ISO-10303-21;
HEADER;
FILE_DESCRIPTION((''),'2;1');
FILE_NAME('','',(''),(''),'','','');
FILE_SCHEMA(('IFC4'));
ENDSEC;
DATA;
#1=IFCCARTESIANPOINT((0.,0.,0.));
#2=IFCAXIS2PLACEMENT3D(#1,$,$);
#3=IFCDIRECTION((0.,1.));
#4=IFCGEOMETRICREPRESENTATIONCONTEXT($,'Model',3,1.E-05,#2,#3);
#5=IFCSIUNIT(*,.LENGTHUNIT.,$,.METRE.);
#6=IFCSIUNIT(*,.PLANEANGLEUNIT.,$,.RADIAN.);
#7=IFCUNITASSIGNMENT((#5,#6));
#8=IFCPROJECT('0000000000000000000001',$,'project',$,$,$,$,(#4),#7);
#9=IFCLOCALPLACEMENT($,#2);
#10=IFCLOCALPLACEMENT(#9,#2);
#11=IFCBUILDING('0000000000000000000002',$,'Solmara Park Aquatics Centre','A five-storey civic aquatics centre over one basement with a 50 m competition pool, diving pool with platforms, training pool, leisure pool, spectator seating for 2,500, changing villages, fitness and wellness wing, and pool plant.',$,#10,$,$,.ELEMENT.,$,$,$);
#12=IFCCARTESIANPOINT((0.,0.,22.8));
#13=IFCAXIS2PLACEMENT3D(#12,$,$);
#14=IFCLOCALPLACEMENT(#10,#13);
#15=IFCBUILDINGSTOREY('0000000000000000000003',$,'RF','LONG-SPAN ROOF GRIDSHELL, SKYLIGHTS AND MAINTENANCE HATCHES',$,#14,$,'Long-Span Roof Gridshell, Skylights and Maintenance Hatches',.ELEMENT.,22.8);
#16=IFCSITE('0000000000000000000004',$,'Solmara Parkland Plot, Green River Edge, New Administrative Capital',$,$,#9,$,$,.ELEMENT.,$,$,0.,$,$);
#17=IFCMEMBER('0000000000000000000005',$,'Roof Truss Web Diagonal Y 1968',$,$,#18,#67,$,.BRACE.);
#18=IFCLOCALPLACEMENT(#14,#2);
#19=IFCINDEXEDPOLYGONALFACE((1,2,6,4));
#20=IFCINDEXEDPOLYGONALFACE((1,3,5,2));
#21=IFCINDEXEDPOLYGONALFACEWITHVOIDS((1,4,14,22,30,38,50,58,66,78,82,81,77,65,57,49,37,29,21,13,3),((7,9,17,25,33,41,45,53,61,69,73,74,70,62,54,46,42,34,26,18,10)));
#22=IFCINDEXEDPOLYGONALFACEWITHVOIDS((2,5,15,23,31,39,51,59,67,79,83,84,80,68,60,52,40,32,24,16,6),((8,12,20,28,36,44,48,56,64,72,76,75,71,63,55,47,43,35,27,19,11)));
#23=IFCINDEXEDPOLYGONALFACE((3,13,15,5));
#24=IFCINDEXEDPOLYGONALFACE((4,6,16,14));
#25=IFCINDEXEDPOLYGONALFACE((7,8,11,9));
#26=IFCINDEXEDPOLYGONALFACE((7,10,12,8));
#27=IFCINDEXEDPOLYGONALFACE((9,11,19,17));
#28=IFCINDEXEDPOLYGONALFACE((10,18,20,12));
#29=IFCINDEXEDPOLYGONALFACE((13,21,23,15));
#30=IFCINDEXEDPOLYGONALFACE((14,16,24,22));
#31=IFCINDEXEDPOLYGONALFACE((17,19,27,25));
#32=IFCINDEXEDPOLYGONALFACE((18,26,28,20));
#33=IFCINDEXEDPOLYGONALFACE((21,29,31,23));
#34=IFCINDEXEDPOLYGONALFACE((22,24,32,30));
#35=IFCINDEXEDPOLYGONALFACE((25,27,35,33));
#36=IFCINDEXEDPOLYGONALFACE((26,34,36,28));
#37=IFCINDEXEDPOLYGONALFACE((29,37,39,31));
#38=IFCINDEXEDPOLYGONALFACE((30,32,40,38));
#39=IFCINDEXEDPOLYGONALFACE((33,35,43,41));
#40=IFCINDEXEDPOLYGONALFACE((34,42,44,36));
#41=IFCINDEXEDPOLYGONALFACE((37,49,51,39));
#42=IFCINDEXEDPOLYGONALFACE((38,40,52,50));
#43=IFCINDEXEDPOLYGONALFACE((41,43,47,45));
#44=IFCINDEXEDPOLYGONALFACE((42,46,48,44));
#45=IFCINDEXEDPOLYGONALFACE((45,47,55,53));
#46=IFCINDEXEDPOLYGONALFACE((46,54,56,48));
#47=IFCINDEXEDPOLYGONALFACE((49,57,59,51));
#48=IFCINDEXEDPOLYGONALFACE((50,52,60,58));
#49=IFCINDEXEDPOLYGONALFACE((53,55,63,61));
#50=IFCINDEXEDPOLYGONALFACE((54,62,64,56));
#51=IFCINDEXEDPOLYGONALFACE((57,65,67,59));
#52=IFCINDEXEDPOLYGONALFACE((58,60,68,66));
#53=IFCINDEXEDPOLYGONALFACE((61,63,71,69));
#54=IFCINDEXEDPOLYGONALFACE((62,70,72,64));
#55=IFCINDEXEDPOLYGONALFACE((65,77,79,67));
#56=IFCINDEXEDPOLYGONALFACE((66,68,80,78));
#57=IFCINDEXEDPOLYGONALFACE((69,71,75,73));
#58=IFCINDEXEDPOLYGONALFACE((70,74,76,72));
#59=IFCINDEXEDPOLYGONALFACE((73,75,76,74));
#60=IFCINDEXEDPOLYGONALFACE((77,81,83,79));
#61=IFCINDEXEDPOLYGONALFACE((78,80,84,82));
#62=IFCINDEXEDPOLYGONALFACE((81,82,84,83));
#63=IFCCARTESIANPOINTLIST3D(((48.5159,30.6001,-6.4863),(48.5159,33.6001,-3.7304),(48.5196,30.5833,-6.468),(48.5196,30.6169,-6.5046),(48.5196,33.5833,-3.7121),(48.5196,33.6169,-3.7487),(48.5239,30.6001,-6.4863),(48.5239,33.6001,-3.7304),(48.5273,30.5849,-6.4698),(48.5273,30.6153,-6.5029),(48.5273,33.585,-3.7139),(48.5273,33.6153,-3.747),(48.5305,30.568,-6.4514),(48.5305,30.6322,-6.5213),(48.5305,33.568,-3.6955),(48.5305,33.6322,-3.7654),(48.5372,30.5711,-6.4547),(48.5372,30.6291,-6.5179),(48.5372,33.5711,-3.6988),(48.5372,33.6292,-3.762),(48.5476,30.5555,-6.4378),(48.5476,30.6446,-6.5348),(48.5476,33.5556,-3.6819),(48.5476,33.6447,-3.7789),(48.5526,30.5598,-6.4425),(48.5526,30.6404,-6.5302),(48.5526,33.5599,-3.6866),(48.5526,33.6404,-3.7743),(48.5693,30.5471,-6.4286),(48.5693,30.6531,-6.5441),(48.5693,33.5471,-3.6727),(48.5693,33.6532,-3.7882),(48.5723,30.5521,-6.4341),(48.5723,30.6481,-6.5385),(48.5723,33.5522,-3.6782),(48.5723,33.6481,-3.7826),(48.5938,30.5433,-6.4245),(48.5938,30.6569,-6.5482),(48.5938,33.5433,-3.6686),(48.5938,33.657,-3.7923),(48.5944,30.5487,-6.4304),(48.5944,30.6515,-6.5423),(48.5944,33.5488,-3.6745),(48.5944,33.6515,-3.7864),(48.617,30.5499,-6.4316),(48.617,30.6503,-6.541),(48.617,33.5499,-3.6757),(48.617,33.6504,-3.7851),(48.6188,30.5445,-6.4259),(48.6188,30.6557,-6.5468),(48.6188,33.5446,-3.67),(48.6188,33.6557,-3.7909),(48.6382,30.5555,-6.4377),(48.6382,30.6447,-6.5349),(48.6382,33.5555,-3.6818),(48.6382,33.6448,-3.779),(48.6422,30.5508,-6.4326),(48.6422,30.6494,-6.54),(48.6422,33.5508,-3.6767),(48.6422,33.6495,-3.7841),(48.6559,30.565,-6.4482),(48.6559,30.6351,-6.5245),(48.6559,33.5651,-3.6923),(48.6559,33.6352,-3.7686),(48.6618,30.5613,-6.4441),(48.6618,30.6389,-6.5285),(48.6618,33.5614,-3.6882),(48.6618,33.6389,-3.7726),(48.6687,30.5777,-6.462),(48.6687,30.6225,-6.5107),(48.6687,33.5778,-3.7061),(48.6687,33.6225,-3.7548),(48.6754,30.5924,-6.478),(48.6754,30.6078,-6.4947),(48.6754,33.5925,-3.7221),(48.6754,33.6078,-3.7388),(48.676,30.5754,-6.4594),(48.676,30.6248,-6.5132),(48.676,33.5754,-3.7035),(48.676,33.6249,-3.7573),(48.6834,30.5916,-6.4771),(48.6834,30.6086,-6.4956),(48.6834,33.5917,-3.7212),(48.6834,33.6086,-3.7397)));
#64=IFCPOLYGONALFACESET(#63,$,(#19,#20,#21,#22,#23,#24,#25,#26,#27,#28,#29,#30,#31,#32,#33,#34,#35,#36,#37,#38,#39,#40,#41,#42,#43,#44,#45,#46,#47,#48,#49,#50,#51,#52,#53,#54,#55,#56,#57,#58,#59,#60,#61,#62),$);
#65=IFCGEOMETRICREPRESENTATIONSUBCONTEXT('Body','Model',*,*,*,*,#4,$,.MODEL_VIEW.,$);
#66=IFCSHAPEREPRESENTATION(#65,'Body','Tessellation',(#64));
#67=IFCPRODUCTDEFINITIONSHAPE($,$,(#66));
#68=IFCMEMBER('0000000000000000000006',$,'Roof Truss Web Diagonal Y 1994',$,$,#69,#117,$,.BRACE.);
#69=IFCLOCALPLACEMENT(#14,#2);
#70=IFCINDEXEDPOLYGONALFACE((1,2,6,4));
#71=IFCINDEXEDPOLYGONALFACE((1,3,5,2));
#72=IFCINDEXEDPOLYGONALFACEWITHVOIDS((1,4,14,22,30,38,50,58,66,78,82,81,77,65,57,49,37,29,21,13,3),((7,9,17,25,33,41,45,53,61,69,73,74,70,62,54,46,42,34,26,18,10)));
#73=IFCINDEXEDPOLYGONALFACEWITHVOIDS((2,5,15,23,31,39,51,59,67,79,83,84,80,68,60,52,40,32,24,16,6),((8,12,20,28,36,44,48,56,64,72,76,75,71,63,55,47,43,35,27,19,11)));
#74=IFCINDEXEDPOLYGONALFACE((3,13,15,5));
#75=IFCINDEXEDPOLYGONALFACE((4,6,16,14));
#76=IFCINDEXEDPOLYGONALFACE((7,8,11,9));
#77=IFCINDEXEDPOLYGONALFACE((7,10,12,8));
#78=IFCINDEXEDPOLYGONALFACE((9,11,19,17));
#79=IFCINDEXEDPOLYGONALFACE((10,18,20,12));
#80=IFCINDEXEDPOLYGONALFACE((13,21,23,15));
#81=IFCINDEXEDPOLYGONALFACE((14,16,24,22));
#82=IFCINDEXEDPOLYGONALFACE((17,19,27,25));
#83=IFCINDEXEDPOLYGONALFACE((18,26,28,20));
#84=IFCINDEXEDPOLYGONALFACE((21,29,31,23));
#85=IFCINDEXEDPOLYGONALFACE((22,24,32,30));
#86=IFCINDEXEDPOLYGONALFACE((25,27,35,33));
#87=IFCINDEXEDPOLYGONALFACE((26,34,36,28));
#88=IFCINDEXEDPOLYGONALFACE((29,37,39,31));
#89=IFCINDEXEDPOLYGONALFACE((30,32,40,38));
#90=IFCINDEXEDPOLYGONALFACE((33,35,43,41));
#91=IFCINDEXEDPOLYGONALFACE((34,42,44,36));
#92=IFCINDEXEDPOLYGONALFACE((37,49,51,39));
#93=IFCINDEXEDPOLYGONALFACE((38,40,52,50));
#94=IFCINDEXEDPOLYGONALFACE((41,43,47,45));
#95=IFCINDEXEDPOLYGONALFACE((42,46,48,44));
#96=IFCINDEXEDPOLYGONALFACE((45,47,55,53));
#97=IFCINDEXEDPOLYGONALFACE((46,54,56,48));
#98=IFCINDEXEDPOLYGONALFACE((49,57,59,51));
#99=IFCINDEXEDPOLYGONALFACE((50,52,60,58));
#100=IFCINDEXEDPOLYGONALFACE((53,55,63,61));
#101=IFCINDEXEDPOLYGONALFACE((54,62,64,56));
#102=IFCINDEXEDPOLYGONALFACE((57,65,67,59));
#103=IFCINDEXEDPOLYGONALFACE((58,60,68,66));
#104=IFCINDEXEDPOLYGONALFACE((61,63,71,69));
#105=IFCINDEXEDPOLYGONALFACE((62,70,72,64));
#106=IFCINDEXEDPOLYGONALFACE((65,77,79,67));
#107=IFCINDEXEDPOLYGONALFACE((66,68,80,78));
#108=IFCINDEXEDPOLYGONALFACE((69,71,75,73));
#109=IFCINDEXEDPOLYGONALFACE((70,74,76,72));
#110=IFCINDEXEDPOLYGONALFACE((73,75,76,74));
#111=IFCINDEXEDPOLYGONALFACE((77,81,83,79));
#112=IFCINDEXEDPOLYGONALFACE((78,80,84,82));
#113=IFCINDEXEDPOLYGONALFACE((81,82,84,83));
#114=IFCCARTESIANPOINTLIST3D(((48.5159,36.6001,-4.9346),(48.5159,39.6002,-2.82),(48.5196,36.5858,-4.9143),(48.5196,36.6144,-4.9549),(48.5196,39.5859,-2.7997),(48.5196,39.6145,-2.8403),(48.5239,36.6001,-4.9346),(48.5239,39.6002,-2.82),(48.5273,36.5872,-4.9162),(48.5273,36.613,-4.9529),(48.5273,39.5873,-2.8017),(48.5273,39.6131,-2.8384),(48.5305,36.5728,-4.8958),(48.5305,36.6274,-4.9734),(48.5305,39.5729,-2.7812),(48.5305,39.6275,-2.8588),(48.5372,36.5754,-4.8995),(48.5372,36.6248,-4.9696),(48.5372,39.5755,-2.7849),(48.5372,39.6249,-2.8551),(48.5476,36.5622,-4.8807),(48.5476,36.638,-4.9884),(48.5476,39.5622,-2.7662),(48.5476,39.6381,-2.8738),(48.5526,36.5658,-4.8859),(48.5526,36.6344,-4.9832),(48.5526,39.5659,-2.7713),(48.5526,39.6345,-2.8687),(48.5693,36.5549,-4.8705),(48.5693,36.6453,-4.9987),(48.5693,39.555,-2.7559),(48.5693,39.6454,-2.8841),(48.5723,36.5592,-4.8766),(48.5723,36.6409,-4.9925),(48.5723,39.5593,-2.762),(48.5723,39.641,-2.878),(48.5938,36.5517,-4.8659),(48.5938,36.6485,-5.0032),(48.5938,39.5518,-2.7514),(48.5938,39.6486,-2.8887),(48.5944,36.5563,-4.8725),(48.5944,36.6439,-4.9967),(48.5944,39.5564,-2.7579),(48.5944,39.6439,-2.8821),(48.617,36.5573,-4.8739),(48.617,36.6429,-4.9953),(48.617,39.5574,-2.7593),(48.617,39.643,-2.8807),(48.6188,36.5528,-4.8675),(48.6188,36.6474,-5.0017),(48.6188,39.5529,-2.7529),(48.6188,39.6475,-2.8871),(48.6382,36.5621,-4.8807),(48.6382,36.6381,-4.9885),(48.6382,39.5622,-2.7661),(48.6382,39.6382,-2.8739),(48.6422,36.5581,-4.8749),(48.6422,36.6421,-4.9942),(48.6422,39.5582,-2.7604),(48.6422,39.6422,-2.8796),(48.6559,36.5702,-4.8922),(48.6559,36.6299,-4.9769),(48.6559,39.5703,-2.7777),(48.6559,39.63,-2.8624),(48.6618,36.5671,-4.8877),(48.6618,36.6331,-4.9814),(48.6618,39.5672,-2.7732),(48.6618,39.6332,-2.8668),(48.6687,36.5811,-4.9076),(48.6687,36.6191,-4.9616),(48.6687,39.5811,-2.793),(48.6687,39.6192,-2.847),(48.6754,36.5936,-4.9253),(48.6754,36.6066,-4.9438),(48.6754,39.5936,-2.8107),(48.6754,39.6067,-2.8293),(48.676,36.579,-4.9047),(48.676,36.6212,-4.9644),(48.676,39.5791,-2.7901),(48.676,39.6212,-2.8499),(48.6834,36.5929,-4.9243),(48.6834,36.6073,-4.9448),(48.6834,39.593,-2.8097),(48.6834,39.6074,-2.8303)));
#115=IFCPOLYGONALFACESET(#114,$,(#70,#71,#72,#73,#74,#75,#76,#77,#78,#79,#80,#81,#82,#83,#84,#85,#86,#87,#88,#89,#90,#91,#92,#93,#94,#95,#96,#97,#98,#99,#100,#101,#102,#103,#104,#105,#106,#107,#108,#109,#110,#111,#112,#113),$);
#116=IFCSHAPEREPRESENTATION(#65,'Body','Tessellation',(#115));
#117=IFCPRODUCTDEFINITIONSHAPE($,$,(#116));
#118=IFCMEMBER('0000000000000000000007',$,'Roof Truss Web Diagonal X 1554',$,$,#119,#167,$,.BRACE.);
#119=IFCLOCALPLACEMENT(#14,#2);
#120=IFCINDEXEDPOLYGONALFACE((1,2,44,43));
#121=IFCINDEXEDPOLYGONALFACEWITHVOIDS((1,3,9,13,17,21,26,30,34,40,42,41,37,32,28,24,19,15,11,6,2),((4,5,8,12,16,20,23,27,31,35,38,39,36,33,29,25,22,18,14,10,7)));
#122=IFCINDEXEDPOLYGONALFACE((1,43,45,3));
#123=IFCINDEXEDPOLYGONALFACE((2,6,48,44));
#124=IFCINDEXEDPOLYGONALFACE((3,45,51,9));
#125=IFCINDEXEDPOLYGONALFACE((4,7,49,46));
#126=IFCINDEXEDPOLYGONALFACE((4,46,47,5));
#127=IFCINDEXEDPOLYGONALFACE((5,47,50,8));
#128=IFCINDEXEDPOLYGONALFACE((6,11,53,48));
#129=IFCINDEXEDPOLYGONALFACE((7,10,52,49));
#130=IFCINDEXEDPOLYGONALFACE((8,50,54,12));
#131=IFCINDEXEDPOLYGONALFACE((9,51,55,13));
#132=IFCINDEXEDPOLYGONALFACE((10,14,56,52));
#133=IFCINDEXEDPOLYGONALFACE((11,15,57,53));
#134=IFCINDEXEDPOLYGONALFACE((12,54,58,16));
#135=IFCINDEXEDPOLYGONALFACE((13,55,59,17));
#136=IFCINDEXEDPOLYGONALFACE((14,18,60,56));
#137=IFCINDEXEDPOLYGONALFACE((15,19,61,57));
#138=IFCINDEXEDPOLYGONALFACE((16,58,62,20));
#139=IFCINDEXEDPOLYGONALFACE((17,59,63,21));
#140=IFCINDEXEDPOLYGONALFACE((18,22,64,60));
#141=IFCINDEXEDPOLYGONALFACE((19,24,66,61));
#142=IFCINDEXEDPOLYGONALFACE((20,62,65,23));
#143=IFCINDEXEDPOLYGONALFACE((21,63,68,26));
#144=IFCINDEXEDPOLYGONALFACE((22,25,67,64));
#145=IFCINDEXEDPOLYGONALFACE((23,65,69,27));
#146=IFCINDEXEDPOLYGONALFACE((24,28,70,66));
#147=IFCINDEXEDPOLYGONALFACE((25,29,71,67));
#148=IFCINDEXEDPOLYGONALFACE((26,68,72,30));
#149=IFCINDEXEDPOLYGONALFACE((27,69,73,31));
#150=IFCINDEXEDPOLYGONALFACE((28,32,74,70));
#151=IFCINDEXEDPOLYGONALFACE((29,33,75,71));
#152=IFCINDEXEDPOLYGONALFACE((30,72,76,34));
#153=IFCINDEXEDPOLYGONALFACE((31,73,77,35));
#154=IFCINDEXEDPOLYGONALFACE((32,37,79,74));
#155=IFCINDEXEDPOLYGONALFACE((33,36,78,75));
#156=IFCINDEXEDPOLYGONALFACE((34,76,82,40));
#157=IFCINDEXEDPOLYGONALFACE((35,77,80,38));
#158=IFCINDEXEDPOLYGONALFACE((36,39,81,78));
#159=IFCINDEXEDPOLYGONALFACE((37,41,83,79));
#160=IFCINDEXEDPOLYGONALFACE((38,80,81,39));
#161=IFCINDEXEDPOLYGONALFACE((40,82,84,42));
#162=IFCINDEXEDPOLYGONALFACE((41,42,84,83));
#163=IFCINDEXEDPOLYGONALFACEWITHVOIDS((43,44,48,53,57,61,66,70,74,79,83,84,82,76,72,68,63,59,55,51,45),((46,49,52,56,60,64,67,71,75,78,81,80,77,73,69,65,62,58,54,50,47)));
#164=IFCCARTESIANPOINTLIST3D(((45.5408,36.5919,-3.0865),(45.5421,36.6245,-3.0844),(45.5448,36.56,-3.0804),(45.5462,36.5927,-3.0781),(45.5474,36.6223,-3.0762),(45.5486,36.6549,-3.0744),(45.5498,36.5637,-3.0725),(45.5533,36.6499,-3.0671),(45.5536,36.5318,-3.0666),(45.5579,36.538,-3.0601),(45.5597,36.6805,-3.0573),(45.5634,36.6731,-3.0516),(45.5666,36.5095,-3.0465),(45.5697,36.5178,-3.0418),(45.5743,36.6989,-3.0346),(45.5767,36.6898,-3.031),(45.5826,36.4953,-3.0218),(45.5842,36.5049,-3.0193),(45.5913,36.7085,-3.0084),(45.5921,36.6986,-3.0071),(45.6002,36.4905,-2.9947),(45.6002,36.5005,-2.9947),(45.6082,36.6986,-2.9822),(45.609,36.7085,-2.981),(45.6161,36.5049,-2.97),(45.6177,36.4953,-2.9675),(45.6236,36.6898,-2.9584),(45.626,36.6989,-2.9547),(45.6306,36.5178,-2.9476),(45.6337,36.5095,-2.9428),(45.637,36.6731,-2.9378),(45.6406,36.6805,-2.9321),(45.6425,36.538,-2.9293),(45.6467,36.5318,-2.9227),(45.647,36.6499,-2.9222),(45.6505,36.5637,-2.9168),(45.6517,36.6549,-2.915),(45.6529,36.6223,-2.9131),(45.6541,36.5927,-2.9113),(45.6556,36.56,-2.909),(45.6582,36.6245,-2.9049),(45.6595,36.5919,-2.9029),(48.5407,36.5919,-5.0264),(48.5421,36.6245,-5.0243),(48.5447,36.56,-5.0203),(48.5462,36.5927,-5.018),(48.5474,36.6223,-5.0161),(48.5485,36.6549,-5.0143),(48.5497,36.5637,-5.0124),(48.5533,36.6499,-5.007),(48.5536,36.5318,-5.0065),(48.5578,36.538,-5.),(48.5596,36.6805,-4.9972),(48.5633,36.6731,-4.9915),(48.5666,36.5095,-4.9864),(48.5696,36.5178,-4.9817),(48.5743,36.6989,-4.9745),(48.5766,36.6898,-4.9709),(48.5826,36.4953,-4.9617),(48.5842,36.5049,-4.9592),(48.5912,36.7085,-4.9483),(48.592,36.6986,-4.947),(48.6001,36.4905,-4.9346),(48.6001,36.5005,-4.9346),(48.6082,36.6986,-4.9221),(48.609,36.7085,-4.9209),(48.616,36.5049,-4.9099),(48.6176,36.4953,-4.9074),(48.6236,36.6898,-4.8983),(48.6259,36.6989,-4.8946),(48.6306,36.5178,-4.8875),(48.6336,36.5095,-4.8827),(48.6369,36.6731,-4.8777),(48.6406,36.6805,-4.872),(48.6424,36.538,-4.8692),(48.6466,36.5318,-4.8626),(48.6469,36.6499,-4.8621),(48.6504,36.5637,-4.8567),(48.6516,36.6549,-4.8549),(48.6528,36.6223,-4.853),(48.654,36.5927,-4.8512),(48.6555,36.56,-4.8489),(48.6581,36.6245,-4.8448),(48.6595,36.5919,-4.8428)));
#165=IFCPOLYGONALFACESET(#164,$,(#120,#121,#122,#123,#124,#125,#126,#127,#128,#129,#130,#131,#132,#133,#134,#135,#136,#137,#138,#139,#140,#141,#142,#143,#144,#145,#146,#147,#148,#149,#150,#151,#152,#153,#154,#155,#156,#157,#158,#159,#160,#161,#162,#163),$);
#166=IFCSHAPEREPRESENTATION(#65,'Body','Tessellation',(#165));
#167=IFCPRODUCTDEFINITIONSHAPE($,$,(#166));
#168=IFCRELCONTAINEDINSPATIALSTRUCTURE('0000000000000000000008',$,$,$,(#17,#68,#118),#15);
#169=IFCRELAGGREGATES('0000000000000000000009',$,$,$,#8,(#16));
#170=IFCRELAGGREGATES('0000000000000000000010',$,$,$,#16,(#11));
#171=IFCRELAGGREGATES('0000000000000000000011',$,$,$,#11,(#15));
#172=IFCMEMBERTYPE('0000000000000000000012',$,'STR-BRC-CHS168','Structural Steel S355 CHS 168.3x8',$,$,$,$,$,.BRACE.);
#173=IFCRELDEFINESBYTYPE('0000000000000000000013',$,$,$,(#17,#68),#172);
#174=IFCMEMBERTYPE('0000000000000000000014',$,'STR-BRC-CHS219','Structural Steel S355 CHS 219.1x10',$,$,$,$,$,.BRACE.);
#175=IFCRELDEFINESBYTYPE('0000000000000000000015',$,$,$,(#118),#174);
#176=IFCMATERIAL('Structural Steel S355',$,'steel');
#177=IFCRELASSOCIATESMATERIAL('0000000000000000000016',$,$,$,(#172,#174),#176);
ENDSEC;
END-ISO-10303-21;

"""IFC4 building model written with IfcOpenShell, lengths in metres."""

from ifc_helpers import new_model, si_unit, direction, frame, origin, origin_2d, place, context, subcontext, project, spatial, hollow_circle, extrude, material, material_profile, profile_set, type_object, element, save


model = new_model("IFC4")

# Units and contexts
model_context = context("Model", 3, precision=1e-05, world=origin(), true_north=direction((0.0, 1.0)))
body_context = subcontext(model_context, "Body", "Model", "MODEL_VIEW")
ifc_project = project(units=[si_unit("LENGTHUNIT", "METRE"), si_unit("PLANEANGLEUNIT", "RADIAN")], contexts=[model_context])

# Site, building, storey
site_placement = place(None, origin())
site = spatial("IfcSite", under=ifc_project, at=site_placement, Name="Solmara Parkland Plot, Green River Edge, New Administrative Capital", CompositionType="ELEMENT", RefElevation=0.0)
building_placement = place(site_placement, origin())
building = spatial("IfcBuilding", under=site, at=building_placement, Name="Solmara Park Aquatics Centre", Description="A five-storey civic aquatics centre over one basement with a 50 m competition pool, diving pool with platforms, training pool, leisure pool, spectator seating for 2,500, changing villages, fitness and wellness wing, and pool plant.", CompositionType="ELEMENT")
storey_placement = place(building_placement, frame((0.0, 0.0, 22.8)))
storey = spatial("IfcBuildingStorey", under=building, at=storey_placement, Name="RF", Description="LONG-SPAN ROOF GRIDSHELL, SKYLIGHTS AND MAINTENANCE HATCHES", LongName="Long-Span Roof Gridshell, Skylights and Maintenance Hatches", CompositionType="ELEMENT", Elevation=22.8)

# Members
ifc_material_1 = material(Name="Structural Steel S355", Category="steel")
ifc_material_profile_1 = material_profile(ifc_material_1, hollow_circle(Radius=0.0842, WallThickness=0.0081, at=origin_2d()), Name="CHS 168.3x8")
ifc_profile_set_1 = profile_set([ifc_material_profile_1], Name="Structural Steel S355")
member_type_1 = type_object("IfcMemberType", Name="STR-BRC-CHS168", Description="Structural Steel S355 CHS 168.3x8", PredefinedType="BRACE", material=ifc_profile_set_1)
member_1_placement = place(storey_placement, frame((48.6001, 30.6001, -6.4863), z_axis=(0.0, 0.736437, 0.676506), x_axis=(-1.0, 0.0, 0.0)))
element("IfcMember", 1, at=member_1_placement, inside=storey, type_object=member_type_1, Name="Roof Truss Web Diagonal Y 1968", PredefinedType="BRACE", context=body_context, shape_type="SweptSolid", body=[
    extrude(hollow_circle(Radius=0.0842, WallThickness=0.0081, at=origin_2d()), origin(), (0.0, 0.0, 1.0), 4.0737),
])
member_2_placement = place(storey_placement, frame((48.6001, 36.6001, -4.9346), z_axis=(0.0, 0.817371, 0.576111), x_axis=(-1.0, 0.0, 0.0)))
element("IfcMember", 2, at=member_2_placement, inside=storey, type_object=member_type_1, Name="Roof Truss Web Diagonal Y 1994", PredefinedType="BRACE", context=body_context, shape_type="SweptSolid", body=[
    extrude(hollow_circle(Radius=0.0842, WallThickness=0.0081, at=origin_2d()), origin(), (0.0, 0.0, 1.0), 3.6704),
])
ifc_material_profile_2 = material_profile(ifc_material_1, hollow_circle(Radius=0.1096, WallThickness=0.01, at=origin_2d()), Name="CHS 219.1x10")
ifc_profile_set_2 = profile_set([ifc_material_profile_2], Name="Structural Steel S355")
member_type_2 = type_object("IfcMemberType", Name="STR-BRC-CHS219", Description="Structural Steel S355 CHS 219.1x10", PredefinedType="BRACE", material=ifc_profile_set_2)
for number, where, z_axis, x_axis, name in (
    (3, (48.6001, 36.6001, -4.9346), (-0.839728, 0.0, 0.543008), (0.0, -1.0, 0.0), "Roof Truss Web Diagonal X 1554"),
):
    element("IfcMember", number, at=place(storey_placement, frame(where, z_axis=z_axis, x_axis=x_axis)), inside=storey, type_object=member_type_2, Name=name, PredefinedType="BRACE", context=body_context, shape_type="SweptSolid", body=[
        extrude(hollow_circle(Radius=0.1096, WallThickness=0.01, at=origin_2d()), origin(), (0.0, 0.0, 1.0), 3.5725),
    ])

save(model, "model.ifc")
